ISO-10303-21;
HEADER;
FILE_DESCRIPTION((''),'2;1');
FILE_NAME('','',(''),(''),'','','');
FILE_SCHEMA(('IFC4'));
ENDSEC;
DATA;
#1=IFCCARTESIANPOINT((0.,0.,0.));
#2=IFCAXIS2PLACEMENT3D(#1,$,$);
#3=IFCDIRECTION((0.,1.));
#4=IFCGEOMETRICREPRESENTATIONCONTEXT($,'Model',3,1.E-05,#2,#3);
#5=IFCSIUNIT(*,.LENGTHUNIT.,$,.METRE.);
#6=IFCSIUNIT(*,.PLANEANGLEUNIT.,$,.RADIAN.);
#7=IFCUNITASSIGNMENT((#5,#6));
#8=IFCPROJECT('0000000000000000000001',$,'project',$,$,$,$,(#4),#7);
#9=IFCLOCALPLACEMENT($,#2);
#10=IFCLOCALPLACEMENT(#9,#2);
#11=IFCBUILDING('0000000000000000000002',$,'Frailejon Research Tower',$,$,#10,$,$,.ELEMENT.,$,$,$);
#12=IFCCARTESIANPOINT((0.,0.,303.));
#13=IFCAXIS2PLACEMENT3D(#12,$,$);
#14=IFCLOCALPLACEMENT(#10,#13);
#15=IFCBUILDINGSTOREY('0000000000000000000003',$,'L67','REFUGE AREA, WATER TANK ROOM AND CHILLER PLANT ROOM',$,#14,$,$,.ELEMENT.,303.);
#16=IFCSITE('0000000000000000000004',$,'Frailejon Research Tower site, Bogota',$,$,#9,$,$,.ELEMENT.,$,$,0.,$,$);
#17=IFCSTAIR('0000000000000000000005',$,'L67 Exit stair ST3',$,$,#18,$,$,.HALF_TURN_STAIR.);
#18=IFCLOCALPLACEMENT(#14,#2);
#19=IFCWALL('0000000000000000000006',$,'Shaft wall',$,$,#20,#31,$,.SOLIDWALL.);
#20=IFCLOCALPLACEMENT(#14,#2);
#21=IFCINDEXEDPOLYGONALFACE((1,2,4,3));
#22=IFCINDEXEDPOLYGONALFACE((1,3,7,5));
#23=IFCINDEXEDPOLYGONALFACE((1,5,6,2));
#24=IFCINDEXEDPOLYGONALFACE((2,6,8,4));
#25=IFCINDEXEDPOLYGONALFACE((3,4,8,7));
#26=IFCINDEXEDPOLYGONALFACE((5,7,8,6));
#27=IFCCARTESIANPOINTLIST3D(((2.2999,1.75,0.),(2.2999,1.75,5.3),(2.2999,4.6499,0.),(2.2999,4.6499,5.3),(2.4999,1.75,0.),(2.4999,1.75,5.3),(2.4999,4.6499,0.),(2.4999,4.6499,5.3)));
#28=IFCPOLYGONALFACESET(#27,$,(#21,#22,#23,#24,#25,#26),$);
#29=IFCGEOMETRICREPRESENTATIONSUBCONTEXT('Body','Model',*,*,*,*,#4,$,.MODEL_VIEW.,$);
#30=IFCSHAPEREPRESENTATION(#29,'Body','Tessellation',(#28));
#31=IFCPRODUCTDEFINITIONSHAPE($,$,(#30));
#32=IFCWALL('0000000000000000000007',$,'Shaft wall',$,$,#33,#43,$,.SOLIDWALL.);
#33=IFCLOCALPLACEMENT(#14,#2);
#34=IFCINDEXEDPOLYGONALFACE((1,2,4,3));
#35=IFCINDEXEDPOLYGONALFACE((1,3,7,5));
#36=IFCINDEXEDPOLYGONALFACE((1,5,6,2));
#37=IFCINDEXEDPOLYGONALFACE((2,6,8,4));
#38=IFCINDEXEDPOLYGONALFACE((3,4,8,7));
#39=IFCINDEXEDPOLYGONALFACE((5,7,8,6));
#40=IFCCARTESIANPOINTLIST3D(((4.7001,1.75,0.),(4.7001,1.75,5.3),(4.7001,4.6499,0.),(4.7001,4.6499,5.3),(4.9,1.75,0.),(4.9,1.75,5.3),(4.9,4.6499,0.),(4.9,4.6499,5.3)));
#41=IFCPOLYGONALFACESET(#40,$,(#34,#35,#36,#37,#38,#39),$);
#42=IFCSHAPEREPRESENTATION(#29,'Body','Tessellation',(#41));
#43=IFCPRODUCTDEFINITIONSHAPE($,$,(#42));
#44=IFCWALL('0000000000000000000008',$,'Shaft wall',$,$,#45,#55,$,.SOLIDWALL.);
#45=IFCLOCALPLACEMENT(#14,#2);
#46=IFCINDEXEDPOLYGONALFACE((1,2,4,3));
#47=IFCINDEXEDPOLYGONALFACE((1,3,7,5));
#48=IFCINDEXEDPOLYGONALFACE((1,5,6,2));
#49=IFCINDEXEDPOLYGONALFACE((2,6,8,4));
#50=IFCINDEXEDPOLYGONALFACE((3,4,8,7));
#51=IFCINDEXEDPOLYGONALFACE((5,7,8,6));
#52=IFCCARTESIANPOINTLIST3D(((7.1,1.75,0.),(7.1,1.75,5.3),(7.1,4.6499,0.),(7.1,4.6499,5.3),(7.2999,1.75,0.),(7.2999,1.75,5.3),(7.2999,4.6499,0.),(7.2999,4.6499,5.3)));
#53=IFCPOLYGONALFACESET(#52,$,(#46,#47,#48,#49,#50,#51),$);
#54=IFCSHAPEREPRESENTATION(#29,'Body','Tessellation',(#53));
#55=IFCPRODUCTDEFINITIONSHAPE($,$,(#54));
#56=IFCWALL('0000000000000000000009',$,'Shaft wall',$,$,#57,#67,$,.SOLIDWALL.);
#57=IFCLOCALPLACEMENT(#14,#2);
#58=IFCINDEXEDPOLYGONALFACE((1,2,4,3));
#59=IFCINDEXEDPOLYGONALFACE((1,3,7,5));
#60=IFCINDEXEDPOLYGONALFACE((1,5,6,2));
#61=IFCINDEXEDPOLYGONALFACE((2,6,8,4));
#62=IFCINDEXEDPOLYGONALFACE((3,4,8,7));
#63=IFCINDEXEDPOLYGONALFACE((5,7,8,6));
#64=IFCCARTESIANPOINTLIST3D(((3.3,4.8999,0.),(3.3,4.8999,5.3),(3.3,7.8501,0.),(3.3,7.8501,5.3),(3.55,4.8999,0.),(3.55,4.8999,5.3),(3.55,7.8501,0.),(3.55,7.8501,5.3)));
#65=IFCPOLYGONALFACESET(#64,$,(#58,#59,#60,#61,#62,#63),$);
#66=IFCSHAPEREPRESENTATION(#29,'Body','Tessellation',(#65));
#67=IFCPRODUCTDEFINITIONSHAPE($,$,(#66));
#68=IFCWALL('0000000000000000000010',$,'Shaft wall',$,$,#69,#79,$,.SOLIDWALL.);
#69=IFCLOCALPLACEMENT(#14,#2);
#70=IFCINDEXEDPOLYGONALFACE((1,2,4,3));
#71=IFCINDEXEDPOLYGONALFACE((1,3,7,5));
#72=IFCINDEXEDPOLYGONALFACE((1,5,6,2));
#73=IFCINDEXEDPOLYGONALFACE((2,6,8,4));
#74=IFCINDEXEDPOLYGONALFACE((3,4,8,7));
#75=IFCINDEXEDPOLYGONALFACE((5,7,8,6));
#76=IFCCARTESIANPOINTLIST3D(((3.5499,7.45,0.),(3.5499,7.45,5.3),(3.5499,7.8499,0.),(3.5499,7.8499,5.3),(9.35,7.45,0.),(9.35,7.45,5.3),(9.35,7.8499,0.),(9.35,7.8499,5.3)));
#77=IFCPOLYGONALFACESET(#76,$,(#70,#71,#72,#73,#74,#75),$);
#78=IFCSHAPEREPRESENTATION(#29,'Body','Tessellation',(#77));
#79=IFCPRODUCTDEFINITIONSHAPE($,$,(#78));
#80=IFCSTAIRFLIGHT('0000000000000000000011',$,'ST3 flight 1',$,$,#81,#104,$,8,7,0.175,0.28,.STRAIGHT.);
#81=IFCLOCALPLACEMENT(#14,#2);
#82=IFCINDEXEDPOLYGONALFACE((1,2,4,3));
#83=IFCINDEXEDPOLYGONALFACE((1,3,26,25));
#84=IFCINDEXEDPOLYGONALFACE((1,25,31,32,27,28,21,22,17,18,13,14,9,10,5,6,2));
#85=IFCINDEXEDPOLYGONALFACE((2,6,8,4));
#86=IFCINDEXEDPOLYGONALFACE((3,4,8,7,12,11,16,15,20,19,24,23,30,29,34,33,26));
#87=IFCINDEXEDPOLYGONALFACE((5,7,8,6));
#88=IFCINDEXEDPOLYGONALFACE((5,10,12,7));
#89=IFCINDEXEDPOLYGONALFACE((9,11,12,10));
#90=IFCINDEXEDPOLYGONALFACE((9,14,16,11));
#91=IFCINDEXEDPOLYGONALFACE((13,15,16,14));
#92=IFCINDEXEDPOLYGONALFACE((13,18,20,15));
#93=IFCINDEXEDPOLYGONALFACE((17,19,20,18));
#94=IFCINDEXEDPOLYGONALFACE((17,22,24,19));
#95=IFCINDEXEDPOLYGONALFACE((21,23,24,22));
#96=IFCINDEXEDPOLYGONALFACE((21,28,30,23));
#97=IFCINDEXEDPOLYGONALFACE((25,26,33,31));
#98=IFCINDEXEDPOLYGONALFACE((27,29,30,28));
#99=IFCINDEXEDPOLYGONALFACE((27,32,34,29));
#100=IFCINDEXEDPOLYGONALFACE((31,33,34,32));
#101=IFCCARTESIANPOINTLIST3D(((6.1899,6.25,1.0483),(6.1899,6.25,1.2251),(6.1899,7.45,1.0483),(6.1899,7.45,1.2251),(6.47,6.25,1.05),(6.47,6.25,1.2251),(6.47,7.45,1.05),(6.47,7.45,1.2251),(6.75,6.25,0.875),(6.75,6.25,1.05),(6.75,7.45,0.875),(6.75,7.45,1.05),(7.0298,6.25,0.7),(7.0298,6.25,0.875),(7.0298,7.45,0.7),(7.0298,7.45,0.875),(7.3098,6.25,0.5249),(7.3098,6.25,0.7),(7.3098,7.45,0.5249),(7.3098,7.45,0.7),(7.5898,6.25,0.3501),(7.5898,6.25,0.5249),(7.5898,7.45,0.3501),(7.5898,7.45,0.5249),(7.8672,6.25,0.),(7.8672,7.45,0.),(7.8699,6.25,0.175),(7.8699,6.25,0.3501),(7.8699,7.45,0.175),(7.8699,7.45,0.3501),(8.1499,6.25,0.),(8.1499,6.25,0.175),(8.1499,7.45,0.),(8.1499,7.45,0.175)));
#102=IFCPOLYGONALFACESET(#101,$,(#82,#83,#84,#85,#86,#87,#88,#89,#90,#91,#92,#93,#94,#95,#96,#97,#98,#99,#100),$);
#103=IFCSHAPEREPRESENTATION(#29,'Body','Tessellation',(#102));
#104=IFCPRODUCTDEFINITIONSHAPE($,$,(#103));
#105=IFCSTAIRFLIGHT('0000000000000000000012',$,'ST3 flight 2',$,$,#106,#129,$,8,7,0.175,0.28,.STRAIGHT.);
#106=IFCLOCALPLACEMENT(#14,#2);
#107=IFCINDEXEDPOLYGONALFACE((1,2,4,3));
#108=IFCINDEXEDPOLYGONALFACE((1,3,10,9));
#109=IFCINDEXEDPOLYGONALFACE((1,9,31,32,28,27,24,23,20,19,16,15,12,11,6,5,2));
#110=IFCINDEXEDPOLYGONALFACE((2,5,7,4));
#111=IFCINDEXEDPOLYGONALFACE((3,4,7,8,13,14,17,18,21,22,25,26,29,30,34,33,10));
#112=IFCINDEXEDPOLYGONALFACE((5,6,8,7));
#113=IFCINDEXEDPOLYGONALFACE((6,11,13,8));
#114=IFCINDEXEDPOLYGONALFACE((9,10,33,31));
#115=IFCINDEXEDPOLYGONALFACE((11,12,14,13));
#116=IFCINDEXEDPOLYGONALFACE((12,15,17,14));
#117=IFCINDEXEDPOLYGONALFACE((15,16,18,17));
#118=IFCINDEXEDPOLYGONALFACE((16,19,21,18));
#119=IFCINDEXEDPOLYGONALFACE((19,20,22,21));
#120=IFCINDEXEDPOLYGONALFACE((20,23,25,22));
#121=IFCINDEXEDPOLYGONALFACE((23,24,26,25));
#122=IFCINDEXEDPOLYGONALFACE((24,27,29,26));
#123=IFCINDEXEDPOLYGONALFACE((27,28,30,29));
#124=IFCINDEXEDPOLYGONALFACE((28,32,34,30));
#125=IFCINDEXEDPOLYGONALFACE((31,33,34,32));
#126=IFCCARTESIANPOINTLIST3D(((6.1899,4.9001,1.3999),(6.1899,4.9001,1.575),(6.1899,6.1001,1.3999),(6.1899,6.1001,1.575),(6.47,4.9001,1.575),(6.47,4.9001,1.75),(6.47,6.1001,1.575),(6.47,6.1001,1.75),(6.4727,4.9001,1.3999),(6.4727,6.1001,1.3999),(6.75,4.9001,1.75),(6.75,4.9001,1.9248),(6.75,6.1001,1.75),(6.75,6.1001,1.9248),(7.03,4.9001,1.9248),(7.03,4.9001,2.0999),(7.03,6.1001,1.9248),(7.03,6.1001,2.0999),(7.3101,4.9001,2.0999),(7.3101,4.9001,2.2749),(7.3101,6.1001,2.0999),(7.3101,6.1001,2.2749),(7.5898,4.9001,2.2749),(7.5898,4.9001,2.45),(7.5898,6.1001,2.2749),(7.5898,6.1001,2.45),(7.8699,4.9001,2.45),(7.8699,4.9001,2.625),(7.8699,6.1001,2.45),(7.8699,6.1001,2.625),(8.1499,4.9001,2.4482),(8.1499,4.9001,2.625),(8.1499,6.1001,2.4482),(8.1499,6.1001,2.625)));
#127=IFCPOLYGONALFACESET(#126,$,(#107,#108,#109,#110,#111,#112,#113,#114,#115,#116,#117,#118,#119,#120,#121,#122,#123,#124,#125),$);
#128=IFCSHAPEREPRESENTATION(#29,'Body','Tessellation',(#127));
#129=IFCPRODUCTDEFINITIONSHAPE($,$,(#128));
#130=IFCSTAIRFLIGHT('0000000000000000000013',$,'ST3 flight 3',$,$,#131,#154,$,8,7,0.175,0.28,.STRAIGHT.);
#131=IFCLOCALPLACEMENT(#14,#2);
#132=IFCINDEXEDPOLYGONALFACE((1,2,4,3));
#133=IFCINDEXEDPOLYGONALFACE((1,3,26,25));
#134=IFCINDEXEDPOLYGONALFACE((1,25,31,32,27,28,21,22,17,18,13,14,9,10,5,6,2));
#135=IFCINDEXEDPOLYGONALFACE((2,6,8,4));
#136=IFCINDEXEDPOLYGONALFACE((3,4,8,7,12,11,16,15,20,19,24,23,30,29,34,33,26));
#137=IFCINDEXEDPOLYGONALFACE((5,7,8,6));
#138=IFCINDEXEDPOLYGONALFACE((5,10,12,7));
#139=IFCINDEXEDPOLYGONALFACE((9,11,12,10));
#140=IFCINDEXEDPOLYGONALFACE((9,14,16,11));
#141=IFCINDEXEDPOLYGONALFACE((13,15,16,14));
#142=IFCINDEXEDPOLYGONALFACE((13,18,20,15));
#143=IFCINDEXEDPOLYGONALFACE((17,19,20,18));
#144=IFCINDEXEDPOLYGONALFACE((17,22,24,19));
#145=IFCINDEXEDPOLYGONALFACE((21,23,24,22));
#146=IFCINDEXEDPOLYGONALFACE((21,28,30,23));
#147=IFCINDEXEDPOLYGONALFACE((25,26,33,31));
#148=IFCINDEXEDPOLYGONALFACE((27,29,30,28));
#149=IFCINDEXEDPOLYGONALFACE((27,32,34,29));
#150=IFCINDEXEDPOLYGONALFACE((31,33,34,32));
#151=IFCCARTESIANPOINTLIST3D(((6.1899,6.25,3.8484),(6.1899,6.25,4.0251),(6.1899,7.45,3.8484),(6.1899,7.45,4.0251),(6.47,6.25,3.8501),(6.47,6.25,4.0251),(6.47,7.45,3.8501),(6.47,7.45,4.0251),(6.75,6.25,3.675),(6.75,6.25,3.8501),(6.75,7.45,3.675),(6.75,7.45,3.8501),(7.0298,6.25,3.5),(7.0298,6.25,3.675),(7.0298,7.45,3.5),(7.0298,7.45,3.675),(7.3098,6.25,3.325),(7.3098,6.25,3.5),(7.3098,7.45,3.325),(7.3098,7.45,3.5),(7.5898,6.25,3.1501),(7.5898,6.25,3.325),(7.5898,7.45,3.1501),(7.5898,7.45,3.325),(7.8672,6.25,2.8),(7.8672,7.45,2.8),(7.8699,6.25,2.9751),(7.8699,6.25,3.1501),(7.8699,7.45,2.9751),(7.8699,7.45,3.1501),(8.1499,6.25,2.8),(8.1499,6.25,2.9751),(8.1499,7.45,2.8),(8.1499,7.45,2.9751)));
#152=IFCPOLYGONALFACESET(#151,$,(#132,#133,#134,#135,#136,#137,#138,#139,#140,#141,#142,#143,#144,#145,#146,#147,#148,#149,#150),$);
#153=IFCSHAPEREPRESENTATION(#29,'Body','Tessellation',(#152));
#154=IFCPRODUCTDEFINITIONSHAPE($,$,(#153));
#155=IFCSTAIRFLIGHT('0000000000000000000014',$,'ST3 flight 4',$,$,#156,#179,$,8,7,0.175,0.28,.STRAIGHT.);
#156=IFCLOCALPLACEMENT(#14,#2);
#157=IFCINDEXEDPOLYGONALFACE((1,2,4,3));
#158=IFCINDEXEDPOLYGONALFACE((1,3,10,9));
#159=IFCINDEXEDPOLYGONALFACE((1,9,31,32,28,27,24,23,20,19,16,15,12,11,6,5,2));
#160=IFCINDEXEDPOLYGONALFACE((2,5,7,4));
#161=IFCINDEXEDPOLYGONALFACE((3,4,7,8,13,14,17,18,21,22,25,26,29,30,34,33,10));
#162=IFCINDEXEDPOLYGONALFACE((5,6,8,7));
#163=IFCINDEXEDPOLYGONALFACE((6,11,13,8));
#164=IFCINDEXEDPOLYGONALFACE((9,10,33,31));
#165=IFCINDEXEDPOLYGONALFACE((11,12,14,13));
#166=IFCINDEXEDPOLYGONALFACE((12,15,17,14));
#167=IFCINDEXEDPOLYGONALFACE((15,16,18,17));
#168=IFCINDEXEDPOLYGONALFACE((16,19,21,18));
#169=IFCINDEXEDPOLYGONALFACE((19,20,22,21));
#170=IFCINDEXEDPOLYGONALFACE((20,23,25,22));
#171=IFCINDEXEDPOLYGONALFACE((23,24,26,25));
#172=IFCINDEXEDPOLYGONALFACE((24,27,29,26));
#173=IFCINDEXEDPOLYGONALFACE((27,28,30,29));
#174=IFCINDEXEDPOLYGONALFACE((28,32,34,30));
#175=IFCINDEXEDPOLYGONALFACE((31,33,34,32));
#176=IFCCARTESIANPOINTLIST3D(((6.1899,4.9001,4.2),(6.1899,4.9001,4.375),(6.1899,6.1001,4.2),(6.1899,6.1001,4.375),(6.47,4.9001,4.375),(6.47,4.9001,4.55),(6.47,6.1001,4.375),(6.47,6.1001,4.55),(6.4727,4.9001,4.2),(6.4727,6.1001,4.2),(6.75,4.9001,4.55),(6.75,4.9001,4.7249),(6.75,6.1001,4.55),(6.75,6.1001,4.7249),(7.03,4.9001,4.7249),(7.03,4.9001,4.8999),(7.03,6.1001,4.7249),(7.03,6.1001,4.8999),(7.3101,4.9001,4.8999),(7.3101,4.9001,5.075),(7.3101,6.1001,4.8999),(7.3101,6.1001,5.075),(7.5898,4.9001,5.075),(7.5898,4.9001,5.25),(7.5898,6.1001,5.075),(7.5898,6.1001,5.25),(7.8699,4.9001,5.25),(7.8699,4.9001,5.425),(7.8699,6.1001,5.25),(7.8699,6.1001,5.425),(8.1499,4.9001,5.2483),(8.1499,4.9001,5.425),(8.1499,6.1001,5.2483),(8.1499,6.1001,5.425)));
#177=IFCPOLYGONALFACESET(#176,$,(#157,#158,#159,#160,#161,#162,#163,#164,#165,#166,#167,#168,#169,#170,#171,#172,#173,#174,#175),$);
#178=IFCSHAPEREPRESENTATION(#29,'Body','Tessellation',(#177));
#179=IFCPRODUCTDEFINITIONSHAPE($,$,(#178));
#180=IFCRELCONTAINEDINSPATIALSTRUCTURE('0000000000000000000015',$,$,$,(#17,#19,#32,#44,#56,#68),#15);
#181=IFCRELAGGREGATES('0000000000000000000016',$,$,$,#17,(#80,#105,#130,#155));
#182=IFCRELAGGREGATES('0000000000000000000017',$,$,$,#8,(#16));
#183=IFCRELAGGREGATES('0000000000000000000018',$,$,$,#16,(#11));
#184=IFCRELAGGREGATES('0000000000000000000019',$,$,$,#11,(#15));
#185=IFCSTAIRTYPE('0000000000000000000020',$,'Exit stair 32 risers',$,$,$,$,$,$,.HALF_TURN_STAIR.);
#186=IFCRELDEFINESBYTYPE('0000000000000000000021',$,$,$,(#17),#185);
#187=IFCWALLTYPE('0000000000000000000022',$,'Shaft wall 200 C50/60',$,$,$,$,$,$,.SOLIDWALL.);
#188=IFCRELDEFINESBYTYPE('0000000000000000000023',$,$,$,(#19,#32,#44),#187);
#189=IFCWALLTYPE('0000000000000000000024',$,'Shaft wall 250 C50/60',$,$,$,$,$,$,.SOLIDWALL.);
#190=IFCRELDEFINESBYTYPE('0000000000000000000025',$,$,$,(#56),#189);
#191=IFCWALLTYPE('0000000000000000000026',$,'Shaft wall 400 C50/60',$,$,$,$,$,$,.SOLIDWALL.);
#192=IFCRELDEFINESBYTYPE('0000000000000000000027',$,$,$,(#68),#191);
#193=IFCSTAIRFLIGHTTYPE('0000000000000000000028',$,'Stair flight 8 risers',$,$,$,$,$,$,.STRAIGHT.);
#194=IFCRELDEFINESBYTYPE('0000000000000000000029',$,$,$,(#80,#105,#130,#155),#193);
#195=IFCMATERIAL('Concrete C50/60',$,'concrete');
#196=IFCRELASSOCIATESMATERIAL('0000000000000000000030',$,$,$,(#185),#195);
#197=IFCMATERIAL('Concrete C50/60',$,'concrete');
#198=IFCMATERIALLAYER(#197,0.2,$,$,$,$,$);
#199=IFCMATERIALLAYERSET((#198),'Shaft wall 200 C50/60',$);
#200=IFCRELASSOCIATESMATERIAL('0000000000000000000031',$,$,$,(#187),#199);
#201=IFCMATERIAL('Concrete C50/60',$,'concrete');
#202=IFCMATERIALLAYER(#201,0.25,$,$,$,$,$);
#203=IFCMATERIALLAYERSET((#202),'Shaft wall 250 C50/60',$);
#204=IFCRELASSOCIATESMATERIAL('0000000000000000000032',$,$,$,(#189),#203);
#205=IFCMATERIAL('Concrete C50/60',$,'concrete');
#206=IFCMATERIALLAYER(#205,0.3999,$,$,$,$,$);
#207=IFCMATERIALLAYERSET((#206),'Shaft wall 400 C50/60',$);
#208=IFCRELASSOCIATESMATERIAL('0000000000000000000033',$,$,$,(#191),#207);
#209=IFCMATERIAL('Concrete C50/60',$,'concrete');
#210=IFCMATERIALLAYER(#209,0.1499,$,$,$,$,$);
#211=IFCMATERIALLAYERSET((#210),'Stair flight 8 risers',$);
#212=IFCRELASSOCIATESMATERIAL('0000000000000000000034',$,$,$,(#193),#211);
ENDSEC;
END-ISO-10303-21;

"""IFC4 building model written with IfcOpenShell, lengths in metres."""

from ifc_helpers import new_model, si_unit, direction, frame, frame_2d, origin, place, context, subcontext, project, spatial, polyline, rectangle, outline, extrude, material, layer, layer_set, type_object, element, aggregate, save


model = new_model("IFC4")

# Units and contexts
model_context = context("Model", 3, precision=1e-05, world=origin(), true_north=direction((0.0, 1.0)))
body_context = subcontext(model_context, "Body", "Model", "MODEL_VIEW")
ifc_project = project(units=[si_unit("LENGTHUNIT", "METRE"), si_unit("PLANEANGLEUNIT", "RADIAN")], contexts=[model_context])

# Site, building, storey
site_placement = place(None, origin())
site = spatial("IfcSite", under=ifc_project, at=site_placement, Name="Frailejon Research Tower site, Bogota", CompositionType="ELEMENT", RefElevation=0.0)
building_placement = place(site_placement, origin())
building = spatial("IfcBuilding", under=site, at=building_placement, Name="Frailejon Research Tower", CompositionType="ELEMENT")
storey_placement = place(building_placement, frame((0.0, 0.0, 303.0)))
storey = spatial("IfcBuildingStorey", under=building, at=storey_placement, Name="L67", Description="REFUGE AREA, WATER TANK ROOM AND CHILLER PLANT ROOM", CompositionType="ELEMENT", Elevation=303.0)

# Stair
ifc_material_1 = material(Name="Concrete C50/60", Category="concrete")
stair_type = type_object("IfcStairType", Name="Exit stair 32 risers", PredefinedType="HALF_TURN_STAIR", material=ifc_material_1)
stair_placement = place(storey_placement, origin())
stair = element("IfcStair", 1, at=stair_placement, inside=storey, type_object=stair_type, Name="L67 Exit stair ST3", PredefinedType="HALF_TURN_STAIR")

# Walls
ifc_material_2 = material(Name="Concrete C50/60", Category="concrete")
ifc_layer_1 = layer(ifc_material_2, 0.2)
ifc_layer_set_1 = layer_set([ifc_layer_1], Name="Shaft wall 200 C50/60")
wall_type_1 = type_object("IfcWallType", Name="Shaft wall 200 C50/60", PredefinedType="SOLIDWALL", material=ifc_layer_set_1)
for number, where, z_axis, x_axis, name in (
    (2, (2.3999, 1.75, 0.0), (0.0, 0.0, 1.0), (0.0, 1.0, 0.0), "Shaft wall"),
    (3, (4.8, 1.75, 0.0), (0.0, 0.0, 1.0), (0.0, 1.0, 0.0), "Shaft wall"),
    (4, (7.2, 1.75, 0.0), (0.0, 0.0, 1.0), (0.0, 1.0, 0.0), "Shaft wall"),
):
    element("IfcWall", number, at=place(storey_placement, frame(where, z_axis=z_axis, x_axis=x_axis)), inside=storey, type_object=wall_type_1, Name=name, PredefinedType="SOLIDWALL", context=body_context, shape_type="SweptSolid", body=[
        extrude(rectangle(XDim=2.8999, YDim=0.2, at=frame_2d((1.45, 0.0))), origin(), (0.0, 0.0, 1.0), 5.3),
    ])
ifc_material_3 = material(Name="Concrete C50/60", Category="concrete")
ifc_layer_2 = layer(ifc_material_3, 0.25)
ifc_layer_set_2 = layer_set([ifc_layer_2], Name="Shaft wall 250 C50/60")
wall_type_2 = type_object("IfcWallType", Name="Shaft wall 250 C50/60", PredefinedType="SOLIDWALL", material=ifc_layer_set_2)
wall_1_placement = place(storey_placement, frame((3.425, 4.8999, 0.0), z_axis=(0.0, 0.0, 1.0), x_axis=(0.0, 1.0, 0.0)))
element("IfcWall", 5, at=wall_1_placement, inside=storey, type_object=wall_type_2, Name="Shaft wall", PredefinedType="SOLIDWALL", context=body_context, shape_type="SweptSolid", body=[
    extrude(rectangle(XDim=2.9502, YDim=0.25, at=frame_2d((1.4751, 0.0))), origin(), (0.0, 0.0, 1.0), 5.3),
])
ifc_material_4 = material(Name="Concrete C50/60", Category="concrete")
ifc_layer_3 = layer(ifc_material_4, 0.3999)
ifc_layer_set_3 = layer_set([ifc_layer_3], Name="Shaft wall 400 C50/60")
wall_type_3 = type_object("IfcWallType", Name="Shaft wall 400 C50/60", PredefinedType="SOLIDWALL", material=ifc_layer_set_3)
wall_2_placement = place(storey_placement, frame((3.55, 7.6499, 0.0), z_axis=(0.0, 0.0, 1.0), x_axis=(1.0, 0.0, 0.0)))
element("IfcWall", 6, at=wall_2_placement, inside=storey, type_object=wall_type_3, Name="Shaft wall", PredefinedType="SOLIDWALL", context=body_context, shape_type="SweptSolid", body=[
    extrude(rectangle(XDim=5.8, YDim=0.3999, at=frame_2d((2.8999, 0.0))), origin(), (0.0, 0.0, 1.0), 5.3),
])

# Stair flights
ifc_material_5 = material(Name="Concrete C50/60", Category="concrete")
ifc_layer_4 = layer(ifc_material_5, 0.1499)
ifc_layer_set_4 = layer_set([ifc_layer_4], Name="Stair flight 8 risers")
stair_flight_type = type_object("IfcStairFlightType", Name="Stair flight 8 risers", PredefinedType="STRAIGHT", material=ifc_layer_set_4)
stair_flight_1_placement = place(storey_placement, frame((8.1499, 6.8501, 0.0), z_axis=(0.0, 0.0, 1.0), x_axis=(-1.0, 0.0, 0.0)))
stair_flight_1 = element("IfcStairFlight", 7, at=stair_flight_1_placement, type_object=stair_flight_type, Name="ST3 flight 1", NumberOfRisers=8, NumberOfTreads=7, PredefinedType="STRAIGHT", RiserHeight=0.175, TreadLength=0.28, context=body_context, shape_type="SweptSolid", body=[
    extrude(outline(polyline([(0.0, 0.0), (0.0, 0.175), (0.28, 0.175), (0.28, 0.3501), (0.5601, 0.3501), (0.5601, 0.5249), (0.8401, 0.5249), (0.8401, 0.7), (1.1201, 0.7), (1.1201, 0.875), (1.3999, 0.875), (1.3999, 1.05), (1.6799, 1.05), (1.6799, 1.2251), (1.96, 1.2251), (1.96, 1.3999), (1.96, 1.0483), (0.2827, 0.0), (0.0, 0.0)])), frame((0.0, 0.6001, 0.0), z_axis=(0.0, -1.0, 0.0), x_axis=(1.0, 0.0, 0.0)), (0.0, 0.0, 1.0), 1.2),
])
stair_flight_2_placement = place(storey_placement, frame((6.1899, 5.5, 1.3999), z_axis=(0.0, 0.0, 1.0), x_axis=(1.0, 0.0, 0.0)))
stair_flight_2 = element("IfcStairFlight", 8, at=stair_flight_2_placement, type_object=stair_flight_type, Name="ST3 flight 2", NumberOfRisers=8, NumberOfTreads=7, PredefinedType="STRAIGHT", RiserHeight=0.175, TreadLength=0.28, context=body_context, shape_type="SweptSolid", body=[
    extrude(outline(polyline([(0.0, 0.0), (0.0, 0.175), (0.28, 0.175), (0.28, 0.3501), (0.5601, 0.3501), (0.5601, 0.5249), (0.8401, 0.5249), (0.8401, 0.7), (1.1201, 0.7), (1.1201, 0.875), (1.3999, 0.875), (1.3999, 1.05), (1.6799, 1.05), (1.6799, 1.2251), (1.96, 1.2251), (1.96, 1.3999), (1.96, 1.0483), (0.2827, 0.0), (0.0, 0.0)])), frame((0.0, 0.6001, 0.0), z_axis=(0.0, -1.0, 0.0), x_axis=(1.0, 0.0, 0.0)), (0.0, 0.0, 1.0), 1.2),
])
stair_flight_3_placement = place(storey_placement, frame((8.1499, 6.8501, 2.8), z_axis=(0.0, 0.0, 1.0), x_axis=(-1.0, 0.0, 0.0)))
stair_flight_3 = element("IfcStairFlight", 9, at=stair_flight_3_placement, type_object=stair_flight_type, Name="ST3 flight 3", NumberOfRisers=8, NumberOfTreads=7, PredefinedType="STRAIGHT", RiserHeight=0.175, TreadLength=0.28, context=body_context, shape_type="SweptSolid", body=[
    extrude(outline(polyline([(0.0, 0.0), (0.0, 0.175), (0.28, 0.175), (0.28, 0.3501), (0.5601, 0.3501), (0.5601, 0.5249), (0.8401, 0.5249), (0.8401, 0.7), (1.1201, 0.7), (1.1201, 0.875), (1.3999, 0.875), (1.3999, 1.05), (1.6799, 1.05), (1.6799, 1.2251), (1.96, 1.2251), (1.96, 1.3999), (1.96, 1.0483), (0.2827, 0.0), (0.0, 0.0)])), frame((0.0, 0.6001, 0.0), z_axis=(0.0, -1.0, 0.0), x_axis=(1.0, 0.0, 0.0)), (0.0, 0.0, 1.0), 1.2),
])
stair_flight_4_placement = place(storey_placement, frame((6.1899, 5.5, 4.2), z_axis=(0.0, 0.0, 1.0), x_axis=(1.0, 0.0, 0.0)))
stair_flight_4 = element("IfcStairFlight", 10, at=stair_flight_4_placement, type_object=stair_flight_type, Name="ST3 flight 4", NumberOfRisers=8, NumberOfTreads=7, PredefinedType="STRAIGHT", RiserHeight=0.175, TreadLength=0.28, context=body_context, shape_type="SweptSolid", body=[
    extrude(outline(polyline([(0.0, 0.0), (0.0, 0.175), (0.28, 0.175), (0.28, 0.3501), (0.5601, 0.3501), (0.5601, 0.5249), (0.8401, 0.5249), (0.8401, 0.7), (1.1201, 0.7), (1.1201, 0.875), (1.3999, 0.875), (1.3999, 1.05), (1.6799, 1.05), (1.6799, 1.2251), (1.96, 1.2251), (1.96, 1.3999), (1.96, 1.0483), (0.2827, 0.0), (0.0, 0.0)])), frame((0.0, 0.6001, 0.0), z_axis=(0.0, -1.0, 0.0), x_axis=(1.0, 0.0, 0.0)), (0.0, 0.0, 1.0), 1.2),
])
aggregate(stair, [stair_flight_1, stair_flight_2, stair_flight_3, stair_flight_4])

save(model, "model.ifc")
